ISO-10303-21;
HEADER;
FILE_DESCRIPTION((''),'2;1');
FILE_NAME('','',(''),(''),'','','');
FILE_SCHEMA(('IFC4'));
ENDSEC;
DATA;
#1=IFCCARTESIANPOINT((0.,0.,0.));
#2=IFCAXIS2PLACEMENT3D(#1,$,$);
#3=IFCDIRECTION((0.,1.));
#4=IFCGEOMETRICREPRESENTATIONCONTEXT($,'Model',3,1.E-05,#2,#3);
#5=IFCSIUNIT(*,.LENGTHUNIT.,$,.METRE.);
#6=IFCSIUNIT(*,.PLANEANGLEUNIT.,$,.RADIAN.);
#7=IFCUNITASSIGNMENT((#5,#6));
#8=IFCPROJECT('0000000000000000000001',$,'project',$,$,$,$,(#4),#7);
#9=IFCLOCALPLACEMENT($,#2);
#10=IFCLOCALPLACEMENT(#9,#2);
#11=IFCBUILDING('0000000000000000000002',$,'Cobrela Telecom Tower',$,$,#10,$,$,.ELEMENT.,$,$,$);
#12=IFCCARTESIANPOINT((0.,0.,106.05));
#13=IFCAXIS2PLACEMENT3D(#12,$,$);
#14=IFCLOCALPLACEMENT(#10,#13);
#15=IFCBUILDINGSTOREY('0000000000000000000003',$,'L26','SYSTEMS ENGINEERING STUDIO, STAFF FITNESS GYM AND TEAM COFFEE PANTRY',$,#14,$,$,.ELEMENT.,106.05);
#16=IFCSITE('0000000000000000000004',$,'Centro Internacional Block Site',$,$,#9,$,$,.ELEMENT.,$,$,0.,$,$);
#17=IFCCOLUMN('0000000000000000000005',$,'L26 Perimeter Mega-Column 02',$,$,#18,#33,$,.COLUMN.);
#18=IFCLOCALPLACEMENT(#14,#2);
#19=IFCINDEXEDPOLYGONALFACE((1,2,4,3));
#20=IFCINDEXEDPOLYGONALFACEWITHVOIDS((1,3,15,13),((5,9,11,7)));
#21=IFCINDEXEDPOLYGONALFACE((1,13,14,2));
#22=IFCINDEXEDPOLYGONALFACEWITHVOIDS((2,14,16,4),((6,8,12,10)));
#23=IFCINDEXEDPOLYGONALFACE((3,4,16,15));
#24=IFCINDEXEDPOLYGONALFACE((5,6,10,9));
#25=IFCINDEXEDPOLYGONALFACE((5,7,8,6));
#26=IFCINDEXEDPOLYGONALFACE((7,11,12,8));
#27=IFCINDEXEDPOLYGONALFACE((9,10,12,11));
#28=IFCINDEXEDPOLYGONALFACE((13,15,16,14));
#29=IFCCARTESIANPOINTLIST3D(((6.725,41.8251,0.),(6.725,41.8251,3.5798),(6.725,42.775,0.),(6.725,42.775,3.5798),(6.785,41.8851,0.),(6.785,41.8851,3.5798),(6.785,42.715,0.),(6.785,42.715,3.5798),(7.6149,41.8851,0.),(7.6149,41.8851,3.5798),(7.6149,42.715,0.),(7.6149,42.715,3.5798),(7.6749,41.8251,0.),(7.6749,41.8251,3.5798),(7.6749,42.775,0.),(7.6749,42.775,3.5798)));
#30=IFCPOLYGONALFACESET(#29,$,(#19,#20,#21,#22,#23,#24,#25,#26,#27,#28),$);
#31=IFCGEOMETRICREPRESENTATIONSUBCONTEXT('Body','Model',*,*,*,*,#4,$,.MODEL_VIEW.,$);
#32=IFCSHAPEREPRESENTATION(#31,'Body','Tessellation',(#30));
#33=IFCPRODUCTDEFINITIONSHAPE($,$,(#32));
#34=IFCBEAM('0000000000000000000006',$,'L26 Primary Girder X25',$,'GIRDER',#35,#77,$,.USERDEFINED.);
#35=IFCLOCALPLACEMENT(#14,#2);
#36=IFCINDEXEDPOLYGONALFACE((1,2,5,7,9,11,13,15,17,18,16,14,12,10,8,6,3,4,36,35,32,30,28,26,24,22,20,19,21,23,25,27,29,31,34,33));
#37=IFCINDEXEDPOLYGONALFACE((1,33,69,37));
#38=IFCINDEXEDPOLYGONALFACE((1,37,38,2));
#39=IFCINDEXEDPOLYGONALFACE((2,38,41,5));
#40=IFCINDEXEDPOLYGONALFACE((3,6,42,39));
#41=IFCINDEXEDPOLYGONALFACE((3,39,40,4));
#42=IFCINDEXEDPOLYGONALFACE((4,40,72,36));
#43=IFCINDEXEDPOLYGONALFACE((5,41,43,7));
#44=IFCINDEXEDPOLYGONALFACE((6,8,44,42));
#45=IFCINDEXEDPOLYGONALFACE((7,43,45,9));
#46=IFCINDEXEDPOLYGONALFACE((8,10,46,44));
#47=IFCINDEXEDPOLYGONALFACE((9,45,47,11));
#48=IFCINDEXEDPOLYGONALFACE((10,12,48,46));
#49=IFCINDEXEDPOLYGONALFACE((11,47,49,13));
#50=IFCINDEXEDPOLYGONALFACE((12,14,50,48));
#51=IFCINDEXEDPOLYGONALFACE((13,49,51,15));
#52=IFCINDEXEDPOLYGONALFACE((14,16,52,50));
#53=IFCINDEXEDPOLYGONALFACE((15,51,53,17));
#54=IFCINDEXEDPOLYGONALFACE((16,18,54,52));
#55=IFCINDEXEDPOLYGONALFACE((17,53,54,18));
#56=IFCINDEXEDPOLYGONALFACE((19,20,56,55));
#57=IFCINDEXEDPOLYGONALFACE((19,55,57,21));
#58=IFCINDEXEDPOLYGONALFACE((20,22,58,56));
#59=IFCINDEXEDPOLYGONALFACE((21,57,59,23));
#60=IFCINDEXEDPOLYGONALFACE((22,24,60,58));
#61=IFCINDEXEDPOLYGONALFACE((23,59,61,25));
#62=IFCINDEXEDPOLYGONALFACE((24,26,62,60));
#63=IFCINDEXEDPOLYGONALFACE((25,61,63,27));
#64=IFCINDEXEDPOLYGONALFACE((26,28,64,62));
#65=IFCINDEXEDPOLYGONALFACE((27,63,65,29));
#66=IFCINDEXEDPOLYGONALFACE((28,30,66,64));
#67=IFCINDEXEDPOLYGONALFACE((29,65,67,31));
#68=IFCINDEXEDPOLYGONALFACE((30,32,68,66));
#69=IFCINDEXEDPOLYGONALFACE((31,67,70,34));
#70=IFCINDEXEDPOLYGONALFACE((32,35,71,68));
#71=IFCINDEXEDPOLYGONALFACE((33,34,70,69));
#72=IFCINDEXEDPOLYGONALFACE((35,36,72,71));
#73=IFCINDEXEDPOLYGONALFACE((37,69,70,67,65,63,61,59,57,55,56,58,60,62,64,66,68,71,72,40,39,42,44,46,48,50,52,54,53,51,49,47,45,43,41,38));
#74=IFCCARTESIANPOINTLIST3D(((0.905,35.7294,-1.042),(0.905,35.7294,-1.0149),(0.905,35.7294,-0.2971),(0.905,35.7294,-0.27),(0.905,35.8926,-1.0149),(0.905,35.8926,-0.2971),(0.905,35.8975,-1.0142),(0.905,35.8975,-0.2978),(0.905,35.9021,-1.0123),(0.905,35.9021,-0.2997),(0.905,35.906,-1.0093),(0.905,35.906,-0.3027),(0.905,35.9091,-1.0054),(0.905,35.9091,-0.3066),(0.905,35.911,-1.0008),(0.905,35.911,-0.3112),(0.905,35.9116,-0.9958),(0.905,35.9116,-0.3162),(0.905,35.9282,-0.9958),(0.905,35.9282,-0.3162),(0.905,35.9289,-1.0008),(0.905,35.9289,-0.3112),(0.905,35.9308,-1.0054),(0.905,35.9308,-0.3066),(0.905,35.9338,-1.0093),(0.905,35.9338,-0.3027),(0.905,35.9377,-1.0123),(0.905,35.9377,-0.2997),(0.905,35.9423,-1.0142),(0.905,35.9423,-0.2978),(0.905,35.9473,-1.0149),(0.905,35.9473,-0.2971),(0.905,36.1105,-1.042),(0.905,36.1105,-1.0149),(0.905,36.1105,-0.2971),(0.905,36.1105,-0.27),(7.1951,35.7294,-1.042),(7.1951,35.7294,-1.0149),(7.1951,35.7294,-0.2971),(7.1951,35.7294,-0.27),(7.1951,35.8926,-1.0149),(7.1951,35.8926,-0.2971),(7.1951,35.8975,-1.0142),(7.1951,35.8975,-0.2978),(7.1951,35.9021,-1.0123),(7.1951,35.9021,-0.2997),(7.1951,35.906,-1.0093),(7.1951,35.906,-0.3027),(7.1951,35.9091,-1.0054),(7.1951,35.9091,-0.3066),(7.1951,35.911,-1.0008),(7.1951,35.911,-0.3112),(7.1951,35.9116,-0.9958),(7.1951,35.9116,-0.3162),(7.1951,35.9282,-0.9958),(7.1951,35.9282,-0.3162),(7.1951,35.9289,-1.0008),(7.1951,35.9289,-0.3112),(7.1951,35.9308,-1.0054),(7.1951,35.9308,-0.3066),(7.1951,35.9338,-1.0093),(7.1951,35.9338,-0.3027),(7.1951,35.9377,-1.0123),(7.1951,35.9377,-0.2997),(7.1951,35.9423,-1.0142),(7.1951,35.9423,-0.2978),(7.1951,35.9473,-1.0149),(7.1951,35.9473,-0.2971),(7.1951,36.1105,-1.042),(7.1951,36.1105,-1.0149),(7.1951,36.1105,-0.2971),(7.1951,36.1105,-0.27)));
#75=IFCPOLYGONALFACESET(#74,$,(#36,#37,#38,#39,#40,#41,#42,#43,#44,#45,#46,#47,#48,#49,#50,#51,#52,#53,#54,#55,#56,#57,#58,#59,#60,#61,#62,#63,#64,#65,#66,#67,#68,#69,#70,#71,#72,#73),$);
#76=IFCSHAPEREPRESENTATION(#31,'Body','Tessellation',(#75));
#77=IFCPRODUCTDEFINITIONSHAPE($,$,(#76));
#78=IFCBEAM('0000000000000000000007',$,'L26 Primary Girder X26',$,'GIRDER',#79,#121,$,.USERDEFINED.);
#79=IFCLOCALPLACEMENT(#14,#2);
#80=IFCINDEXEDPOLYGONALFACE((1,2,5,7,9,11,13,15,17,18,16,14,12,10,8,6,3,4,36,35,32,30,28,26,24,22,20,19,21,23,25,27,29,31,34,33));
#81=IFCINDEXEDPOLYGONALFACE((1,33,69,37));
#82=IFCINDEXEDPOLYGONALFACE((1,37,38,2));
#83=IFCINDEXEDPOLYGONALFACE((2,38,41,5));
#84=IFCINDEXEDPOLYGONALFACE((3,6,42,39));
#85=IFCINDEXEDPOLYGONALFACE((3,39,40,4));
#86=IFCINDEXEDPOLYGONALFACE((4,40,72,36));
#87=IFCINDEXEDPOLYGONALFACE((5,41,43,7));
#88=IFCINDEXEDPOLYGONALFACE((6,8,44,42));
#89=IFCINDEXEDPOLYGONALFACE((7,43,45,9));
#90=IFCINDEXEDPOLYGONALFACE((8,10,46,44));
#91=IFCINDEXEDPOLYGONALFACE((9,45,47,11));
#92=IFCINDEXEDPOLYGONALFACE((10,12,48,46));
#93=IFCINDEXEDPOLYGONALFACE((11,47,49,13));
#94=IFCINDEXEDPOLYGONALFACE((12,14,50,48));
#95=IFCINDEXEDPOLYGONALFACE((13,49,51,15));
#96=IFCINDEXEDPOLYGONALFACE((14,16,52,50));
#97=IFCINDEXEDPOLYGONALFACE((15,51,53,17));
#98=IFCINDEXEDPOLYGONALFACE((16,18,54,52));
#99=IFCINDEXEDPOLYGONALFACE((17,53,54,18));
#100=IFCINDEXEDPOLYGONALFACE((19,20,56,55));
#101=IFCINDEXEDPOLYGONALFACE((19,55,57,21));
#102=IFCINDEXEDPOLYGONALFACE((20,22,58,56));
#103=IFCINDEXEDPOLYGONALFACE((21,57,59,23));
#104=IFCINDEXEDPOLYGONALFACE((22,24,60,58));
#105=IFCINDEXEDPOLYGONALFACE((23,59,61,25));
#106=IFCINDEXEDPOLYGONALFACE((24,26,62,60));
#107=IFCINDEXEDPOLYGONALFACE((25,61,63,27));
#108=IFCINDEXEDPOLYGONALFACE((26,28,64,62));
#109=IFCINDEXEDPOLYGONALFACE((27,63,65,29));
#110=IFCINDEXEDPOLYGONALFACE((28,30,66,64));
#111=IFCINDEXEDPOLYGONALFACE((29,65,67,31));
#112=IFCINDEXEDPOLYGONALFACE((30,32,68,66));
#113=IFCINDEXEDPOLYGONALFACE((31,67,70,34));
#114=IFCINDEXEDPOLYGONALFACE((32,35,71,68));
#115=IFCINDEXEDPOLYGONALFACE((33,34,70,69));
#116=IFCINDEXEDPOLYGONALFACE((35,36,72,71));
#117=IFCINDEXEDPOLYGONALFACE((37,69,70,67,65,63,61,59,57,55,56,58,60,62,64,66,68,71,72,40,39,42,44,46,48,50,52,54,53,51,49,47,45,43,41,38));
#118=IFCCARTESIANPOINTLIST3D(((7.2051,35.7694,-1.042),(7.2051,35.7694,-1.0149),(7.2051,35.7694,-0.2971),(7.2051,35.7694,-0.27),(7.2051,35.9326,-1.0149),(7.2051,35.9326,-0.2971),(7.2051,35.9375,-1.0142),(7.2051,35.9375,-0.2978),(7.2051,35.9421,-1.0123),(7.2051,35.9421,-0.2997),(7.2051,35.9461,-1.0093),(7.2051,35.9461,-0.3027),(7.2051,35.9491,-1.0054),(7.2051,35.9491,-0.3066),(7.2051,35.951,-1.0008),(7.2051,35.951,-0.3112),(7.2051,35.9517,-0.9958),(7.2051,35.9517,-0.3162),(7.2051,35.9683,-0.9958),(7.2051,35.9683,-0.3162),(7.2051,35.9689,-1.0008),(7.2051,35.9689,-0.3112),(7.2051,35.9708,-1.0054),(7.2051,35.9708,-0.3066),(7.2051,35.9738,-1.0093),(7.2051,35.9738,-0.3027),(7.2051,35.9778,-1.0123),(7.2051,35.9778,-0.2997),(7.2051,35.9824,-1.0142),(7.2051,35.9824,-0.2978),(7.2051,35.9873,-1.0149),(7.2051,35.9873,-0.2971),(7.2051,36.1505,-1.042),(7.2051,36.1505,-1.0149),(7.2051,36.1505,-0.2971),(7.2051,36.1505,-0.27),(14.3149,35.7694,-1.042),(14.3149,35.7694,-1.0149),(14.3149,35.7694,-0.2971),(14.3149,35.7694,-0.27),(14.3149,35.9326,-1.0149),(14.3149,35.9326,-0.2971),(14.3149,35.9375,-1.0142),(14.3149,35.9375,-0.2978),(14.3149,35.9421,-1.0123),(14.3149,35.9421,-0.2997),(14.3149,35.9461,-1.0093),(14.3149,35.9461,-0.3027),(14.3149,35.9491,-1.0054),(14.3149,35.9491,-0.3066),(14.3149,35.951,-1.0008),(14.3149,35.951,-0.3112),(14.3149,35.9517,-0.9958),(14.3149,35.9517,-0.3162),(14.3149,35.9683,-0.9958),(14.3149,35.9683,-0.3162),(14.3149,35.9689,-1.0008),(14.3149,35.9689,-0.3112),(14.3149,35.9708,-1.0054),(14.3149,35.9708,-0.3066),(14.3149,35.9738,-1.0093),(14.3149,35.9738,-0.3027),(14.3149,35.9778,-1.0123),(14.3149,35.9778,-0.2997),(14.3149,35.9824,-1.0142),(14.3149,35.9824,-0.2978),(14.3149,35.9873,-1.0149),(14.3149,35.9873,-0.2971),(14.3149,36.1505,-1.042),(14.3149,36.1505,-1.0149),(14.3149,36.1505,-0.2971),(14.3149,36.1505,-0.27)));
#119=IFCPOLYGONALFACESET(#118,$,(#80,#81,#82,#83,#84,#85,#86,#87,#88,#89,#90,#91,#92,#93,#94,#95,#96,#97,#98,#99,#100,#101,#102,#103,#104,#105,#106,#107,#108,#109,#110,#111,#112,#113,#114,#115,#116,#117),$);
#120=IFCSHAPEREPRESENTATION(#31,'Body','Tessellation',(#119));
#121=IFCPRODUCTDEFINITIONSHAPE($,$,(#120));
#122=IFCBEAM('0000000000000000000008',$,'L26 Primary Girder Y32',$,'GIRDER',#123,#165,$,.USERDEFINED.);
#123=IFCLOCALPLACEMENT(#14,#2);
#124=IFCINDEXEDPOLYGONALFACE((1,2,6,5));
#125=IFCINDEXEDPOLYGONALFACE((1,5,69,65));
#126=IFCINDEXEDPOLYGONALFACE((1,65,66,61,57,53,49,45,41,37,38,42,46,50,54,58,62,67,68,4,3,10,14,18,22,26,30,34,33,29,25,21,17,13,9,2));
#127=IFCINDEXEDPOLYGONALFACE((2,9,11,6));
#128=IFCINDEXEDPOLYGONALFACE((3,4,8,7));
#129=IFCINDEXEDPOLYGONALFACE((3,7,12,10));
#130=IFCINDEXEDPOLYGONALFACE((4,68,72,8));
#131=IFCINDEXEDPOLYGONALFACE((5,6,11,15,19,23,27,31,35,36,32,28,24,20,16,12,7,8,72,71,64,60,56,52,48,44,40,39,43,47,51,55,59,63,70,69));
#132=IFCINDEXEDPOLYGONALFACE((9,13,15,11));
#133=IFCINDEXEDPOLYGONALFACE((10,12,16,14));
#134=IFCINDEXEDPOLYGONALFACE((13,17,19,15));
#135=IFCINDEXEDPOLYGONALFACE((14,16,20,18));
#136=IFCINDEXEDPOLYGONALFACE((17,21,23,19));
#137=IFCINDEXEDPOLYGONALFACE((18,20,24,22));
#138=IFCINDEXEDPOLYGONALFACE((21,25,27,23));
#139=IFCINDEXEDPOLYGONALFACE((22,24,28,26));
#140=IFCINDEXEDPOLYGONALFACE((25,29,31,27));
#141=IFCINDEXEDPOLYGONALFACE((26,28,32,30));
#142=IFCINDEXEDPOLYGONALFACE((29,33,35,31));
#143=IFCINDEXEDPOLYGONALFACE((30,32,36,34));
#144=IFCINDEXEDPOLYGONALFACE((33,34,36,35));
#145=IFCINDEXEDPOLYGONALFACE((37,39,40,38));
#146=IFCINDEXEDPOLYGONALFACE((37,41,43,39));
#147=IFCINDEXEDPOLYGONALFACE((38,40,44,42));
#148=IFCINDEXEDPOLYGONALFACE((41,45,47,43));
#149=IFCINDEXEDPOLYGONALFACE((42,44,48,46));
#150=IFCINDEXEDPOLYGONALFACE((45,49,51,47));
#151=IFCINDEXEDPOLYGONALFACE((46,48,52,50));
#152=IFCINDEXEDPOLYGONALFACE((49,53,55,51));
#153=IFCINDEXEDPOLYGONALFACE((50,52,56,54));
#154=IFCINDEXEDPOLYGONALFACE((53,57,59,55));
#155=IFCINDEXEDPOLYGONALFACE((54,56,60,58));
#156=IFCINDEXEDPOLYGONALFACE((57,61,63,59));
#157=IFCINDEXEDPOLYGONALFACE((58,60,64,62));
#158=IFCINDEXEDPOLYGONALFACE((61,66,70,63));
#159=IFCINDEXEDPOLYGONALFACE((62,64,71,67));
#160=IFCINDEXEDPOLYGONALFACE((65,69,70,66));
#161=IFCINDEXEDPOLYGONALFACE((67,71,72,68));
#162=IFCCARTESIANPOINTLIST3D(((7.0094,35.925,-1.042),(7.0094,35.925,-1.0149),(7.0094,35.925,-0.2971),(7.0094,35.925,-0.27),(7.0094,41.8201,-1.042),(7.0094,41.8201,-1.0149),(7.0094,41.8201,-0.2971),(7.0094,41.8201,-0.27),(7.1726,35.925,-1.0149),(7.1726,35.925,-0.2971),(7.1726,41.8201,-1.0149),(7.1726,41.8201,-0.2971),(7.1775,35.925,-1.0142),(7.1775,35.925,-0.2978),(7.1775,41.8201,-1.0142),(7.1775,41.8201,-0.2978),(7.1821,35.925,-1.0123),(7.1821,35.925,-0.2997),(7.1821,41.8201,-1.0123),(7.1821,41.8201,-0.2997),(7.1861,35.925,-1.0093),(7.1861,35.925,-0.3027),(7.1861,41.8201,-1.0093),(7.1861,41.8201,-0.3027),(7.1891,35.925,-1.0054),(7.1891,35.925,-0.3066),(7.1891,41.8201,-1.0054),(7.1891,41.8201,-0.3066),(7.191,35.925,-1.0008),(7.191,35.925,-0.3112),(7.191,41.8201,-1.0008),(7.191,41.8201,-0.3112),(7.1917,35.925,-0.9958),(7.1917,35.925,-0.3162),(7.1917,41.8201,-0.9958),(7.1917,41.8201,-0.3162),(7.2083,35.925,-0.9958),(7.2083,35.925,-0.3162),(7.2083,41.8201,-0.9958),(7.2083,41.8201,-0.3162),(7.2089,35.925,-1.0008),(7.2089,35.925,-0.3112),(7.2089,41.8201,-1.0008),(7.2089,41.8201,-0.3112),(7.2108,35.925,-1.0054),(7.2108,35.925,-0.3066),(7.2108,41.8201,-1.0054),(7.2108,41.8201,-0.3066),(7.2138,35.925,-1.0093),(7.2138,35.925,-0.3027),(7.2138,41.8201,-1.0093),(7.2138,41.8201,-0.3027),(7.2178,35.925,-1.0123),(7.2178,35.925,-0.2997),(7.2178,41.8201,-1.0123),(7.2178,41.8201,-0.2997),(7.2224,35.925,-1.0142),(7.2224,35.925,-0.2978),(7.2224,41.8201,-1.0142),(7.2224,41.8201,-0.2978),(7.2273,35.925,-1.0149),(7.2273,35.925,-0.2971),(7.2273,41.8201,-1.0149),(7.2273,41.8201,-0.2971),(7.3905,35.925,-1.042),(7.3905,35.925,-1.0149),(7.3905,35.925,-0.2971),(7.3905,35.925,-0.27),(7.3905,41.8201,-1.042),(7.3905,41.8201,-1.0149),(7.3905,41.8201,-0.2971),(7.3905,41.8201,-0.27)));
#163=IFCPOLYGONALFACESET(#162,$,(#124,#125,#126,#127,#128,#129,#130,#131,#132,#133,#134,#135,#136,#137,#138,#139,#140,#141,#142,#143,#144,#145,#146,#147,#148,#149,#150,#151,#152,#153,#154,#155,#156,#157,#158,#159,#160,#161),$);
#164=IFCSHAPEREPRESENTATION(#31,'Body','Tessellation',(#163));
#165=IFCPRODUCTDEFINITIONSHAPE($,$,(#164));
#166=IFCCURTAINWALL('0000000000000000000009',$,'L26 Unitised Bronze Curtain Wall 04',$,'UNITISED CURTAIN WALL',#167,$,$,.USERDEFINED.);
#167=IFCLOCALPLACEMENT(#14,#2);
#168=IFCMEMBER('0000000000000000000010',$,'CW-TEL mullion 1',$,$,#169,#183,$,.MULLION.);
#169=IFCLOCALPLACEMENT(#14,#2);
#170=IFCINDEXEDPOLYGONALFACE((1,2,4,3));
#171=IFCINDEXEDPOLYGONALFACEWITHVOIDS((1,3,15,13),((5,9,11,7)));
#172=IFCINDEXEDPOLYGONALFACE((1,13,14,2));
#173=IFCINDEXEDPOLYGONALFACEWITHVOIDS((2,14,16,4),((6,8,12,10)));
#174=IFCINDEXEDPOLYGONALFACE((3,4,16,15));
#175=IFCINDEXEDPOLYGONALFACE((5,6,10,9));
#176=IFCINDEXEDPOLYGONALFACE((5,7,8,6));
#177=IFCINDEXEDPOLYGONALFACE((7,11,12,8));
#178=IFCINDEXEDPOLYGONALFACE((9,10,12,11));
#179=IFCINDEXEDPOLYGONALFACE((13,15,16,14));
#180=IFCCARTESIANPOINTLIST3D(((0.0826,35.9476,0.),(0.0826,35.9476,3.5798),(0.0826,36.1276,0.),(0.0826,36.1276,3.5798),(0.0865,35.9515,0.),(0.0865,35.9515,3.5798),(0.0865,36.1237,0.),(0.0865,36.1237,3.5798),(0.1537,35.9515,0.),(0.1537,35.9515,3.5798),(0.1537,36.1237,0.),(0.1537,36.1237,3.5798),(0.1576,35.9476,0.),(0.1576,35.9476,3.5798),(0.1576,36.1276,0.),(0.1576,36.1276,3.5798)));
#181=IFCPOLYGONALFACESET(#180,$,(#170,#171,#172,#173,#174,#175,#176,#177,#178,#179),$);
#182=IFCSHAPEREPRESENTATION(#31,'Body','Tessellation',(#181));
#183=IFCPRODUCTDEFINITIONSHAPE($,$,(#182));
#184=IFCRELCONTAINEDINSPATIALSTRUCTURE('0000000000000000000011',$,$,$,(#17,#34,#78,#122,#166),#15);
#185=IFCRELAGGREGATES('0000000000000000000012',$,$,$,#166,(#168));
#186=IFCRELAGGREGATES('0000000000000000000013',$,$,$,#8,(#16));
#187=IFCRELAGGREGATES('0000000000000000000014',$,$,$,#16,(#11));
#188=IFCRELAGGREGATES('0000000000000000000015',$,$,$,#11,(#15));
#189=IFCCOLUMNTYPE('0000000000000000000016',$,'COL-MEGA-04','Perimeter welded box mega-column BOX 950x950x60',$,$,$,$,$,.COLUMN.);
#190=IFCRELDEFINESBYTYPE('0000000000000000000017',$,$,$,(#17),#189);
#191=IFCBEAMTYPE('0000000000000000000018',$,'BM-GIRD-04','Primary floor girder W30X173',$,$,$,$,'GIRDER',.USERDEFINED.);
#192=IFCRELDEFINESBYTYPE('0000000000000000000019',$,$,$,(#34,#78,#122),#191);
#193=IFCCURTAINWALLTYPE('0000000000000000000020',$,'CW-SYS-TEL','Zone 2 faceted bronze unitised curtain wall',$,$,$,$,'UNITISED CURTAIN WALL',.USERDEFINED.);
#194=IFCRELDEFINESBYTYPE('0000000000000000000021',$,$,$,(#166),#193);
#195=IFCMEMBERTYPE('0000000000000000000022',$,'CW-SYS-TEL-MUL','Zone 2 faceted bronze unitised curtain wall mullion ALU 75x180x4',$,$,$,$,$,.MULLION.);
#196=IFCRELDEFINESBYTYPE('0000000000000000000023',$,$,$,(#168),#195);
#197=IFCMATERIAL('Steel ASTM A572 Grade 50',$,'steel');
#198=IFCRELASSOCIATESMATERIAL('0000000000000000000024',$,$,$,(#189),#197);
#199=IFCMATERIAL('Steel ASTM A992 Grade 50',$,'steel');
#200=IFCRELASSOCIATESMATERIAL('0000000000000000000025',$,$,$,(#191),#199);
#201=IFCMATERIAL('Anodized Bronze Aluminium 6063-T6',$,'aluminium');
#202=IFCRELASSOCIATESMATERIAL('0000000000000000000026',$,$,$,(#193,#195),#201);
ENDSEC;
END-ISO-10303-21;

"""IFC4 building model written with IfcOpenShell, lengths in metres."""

from ifc_helpers import new_model, si_unit, direction, frame, origin, origin_2d, place, context, subcontext, project, spatial, hollow_rectangle, i_section, extrude, material, material_profile, profile_set, type_object, element, aggregate, save


model = new_model("IFC4")

# Units and contexts
model_context = context("Model", 3, precision=1e-05, world=origin(), true_north=direction((0.0, 1.0)))
body_context = subcontext(model_context, "Body", "Model", "MODEL_VIEW")
ifc_project = project(units=[si_unit("LENGTHUNIT", "METRE"), si_unit("PLANEANGLEUNIT", "RADIAN")], contexts=[model_context])

# Site, building, storey
site_placement = place(None, origin())
site = spatial("IfcSite", under=ifc_project, at=site_placement, Name="Centro Internacional Block Site", CompositionType="ELEMENT", RefElevation=0.0)
building_placement = place(site_placement, origin())
building = spatial("IfcBuilding", under=site, at=building_placement, Name="Cobrela Telecom Tower", CompositionType="ELEMENT")
storey_placement = place(building_placement, frame((0.0, 0.0, 106.05)))
storey = spatial("IfcBuildingStorey", under=building, at=storey_placement, Name="L26", Description="SYSTEMS ENGINEERING STUDIO, STAFF FITNESS GYM AND TEAM COFFEE PANTRY", CompositionType="ELEMENT", Elevation=106.05)

# Column
ifc_material_1 = material(Name="Steel ASTM A572 Grade 50", Category="steel")
ifc_material_profile_1 = material_profile(ifc_material_1, hollow_rectangle(XDim=0.95, YDim=0.95, WallThickness=0.0601, at=origin_2d()), Name="BOX 950x950x60")
ifc_profile_set_1 = profile_set([ifc_material_profile_1], Name="Steel ASTM A572 Grade 50")
column_type = type_object("IfcColumnType", Name="COL-MEGA-04", Description="Perimeter welded box mega-column BOX 950x950x60", PredefinedType="COLUMN", material=ifc_profile_set_1)
column_placement = place(storey_placement, frame((7.2, 42.3, 0.0), z_axis=(0.0, 0.0, 1.0), x_axis=(1.0, 0.0, 0.0)))
element("IfcColumn", 1, at=column_placement, inside=storey, type_object=column_type, Name="L26 Perimeter Mega-Column 02", PredefinedType="COLUMN", context=body_context, shape_type="SweptSolid", body=[
    extrude(hollow_rectangle(XDim=0.95, YDim=0.95, WallThickness=0.0601, at=origin_2d()), origin(), (0.0, 0.0, 1.0), 3.5798),
])

# Beams
ifc_material_2 = material(Name="Steel ASTM A992 Grade 50", Category="steel")
ifc_material_profile_2 = material_profile(ifc_material_2, i_section(OverallWidth=0.3811, OverallDepth=0.772, WebThickness=0.0166, FlangeThickness=0.0271, FilletRadius=0.019, at=origin_2d()), Name="W30X173")
ifc_profile_set_2 = profile_set([ifc_material_profile_2], Name="Steel ASTM A992 Grade 50")
beam_type = type_object("IfcBeamType", Name="BM-GIRD-04", Description="Primary floor girder W30X173", ElementType="GIRDER", PredefinedType="USERDEFINED", material=ifc_profile_set_2)
beam_1_placement = place(storey_placement, frame((0.905, 35.9199, -0.656), z_axis=(1.0, 0.0, 0.0), x_axis=(0.0, 1.0, 0.0)))
element("IfcBeam", 2, at=beam_1_placement, inside=storey, type_object=beam_type, Name="L26 Primary Girder X25", ObjectType="GIRDER", PredefinedType="USERDEFINED", context=body_context, shape_type="SweptSolid", body=[
    extrude(i_section(OverallWidth=0.3811, OverallDepth=0.772, WebThickness=0.0166, FlangeThickness=0.0271, FilletRadius=0.019, at=origin_2d()), origin(), (0.0, 0.0, 1.0), 6.29),
])
beam_2_placement = place(storey_placement, frame((7.2051, 35.96, -0.656), z_axis=(1.0, 0.0, 0.0), x_axis=(0.0, 1.0, 0.0)))
element("IfcBeam", 3, at=beam_2_placement, inside=storey, type_object=beam_type, Name="L26 Primary Girder X26", ObjectType="GIRDER", PredefinedType="USERDEFINED", context=body_context, shape_type="SweptSolid", body=[
    extrude(i_section(OverallWidth=0.3811, OverallDepth=0.772, WebThickness=0.0166, FlangeThickness=0.0271, FilletRadius=0.019, at=origin_2d()), origin(), (0.0, 0.0, 1.0), 7.1099),
])
beam_3_placement = place(storey_placement, frame((7.2, 35.925, -0.656), z_axis=(0.0, 1.0, 0.0), x_axis=(-1.0, 0.0, 0.0)))
element("IfcBeam", 4, at=beam_3_placement, inside=storey, type_object=beam_type, Name="L26 Primary Girder Y32", ObjectType="GIRDER", PredefinedType="USERDEFINED", context=body_context, shape_type="SweptSolid", body=[
    extrude(i_section(OverallWidth=0.3811, OverallDepth=0.772, WebThickness=0.0166, FlangeThickness=0.0271, FilletRadius=0.019, at=origin_2d()), origin(), (0.0, 0.0, 1.0), 5.895),
])

# Curtain wall, member
ifc_material_3 = material(Name="Anodized Bronze Aluminium 6063-T6", Category="aluminium")
curtain_wall_type = type_object("IfcCurtainWallType", Name="CW-SYS-TEL", Description="Zone 2 faceted bronze unitised curtain wall", ElementType="UNITISED CURTAIN WALL", PredefinedType="USERDEFINED", material=ifc_material_3)
curtain_wall_1_placement = place(storey_placement, origin())
curtain_wall_1 = element("IfcCurtainWall", 5, at=curtain_wall_1_placement, inside=storey, type_object=curtain_wall_type, Name="L26 Unitised Bronze Curtain Wall 04", ObjectType="UNITISED CURTAIN WALL", PredefinedType="USERDEFINED")
ifc_material_profile_3 = material_profile(ifc_material_3, hollow_rectangle(XDim=0.075, YDim=0.1799, WallThickness=0.0039, at=origin_2d()), Name="ALU 75x180x4")
ifc_profile_set_3 = profile_set([ifc_material_profile_3], Name="Anodized Bronze Aluminium 6063-T6")
member_type_1 = type_object("IfcMemberType", Name="CW-SYS-TEL-MUL", Description="Zone 2 faceted bronze unitised curtain wall mullion ALU 75x180x4", PredefinedType="MULLION", material=ifc_profile_set_3)
member_1_placement = place(storey_placement, frame((0.1201, 36.0376, 0.0), z_axis=(0.0, 0.0, 1.0), x_axis=(-1.0, 0.0, 0.0)))
member_1 = element("IfcMember", 6, at=member_1_placement, type_object=member_type_1, Name="CW-TEL mullion 1", PredefinedType="MULLION", context=body_context, shape_type="SweptSolid", body=[
    extrude(hollow_rectangle(XDim=0.075, YDim=0.1799, WallThickness=0.0039, at=origin_2d()), origin(), (0.0, 0.0, 1.0), 3.5798),
])

aggregate(curtain_wall_1, [member_1])

save(model, "model.ifc")
